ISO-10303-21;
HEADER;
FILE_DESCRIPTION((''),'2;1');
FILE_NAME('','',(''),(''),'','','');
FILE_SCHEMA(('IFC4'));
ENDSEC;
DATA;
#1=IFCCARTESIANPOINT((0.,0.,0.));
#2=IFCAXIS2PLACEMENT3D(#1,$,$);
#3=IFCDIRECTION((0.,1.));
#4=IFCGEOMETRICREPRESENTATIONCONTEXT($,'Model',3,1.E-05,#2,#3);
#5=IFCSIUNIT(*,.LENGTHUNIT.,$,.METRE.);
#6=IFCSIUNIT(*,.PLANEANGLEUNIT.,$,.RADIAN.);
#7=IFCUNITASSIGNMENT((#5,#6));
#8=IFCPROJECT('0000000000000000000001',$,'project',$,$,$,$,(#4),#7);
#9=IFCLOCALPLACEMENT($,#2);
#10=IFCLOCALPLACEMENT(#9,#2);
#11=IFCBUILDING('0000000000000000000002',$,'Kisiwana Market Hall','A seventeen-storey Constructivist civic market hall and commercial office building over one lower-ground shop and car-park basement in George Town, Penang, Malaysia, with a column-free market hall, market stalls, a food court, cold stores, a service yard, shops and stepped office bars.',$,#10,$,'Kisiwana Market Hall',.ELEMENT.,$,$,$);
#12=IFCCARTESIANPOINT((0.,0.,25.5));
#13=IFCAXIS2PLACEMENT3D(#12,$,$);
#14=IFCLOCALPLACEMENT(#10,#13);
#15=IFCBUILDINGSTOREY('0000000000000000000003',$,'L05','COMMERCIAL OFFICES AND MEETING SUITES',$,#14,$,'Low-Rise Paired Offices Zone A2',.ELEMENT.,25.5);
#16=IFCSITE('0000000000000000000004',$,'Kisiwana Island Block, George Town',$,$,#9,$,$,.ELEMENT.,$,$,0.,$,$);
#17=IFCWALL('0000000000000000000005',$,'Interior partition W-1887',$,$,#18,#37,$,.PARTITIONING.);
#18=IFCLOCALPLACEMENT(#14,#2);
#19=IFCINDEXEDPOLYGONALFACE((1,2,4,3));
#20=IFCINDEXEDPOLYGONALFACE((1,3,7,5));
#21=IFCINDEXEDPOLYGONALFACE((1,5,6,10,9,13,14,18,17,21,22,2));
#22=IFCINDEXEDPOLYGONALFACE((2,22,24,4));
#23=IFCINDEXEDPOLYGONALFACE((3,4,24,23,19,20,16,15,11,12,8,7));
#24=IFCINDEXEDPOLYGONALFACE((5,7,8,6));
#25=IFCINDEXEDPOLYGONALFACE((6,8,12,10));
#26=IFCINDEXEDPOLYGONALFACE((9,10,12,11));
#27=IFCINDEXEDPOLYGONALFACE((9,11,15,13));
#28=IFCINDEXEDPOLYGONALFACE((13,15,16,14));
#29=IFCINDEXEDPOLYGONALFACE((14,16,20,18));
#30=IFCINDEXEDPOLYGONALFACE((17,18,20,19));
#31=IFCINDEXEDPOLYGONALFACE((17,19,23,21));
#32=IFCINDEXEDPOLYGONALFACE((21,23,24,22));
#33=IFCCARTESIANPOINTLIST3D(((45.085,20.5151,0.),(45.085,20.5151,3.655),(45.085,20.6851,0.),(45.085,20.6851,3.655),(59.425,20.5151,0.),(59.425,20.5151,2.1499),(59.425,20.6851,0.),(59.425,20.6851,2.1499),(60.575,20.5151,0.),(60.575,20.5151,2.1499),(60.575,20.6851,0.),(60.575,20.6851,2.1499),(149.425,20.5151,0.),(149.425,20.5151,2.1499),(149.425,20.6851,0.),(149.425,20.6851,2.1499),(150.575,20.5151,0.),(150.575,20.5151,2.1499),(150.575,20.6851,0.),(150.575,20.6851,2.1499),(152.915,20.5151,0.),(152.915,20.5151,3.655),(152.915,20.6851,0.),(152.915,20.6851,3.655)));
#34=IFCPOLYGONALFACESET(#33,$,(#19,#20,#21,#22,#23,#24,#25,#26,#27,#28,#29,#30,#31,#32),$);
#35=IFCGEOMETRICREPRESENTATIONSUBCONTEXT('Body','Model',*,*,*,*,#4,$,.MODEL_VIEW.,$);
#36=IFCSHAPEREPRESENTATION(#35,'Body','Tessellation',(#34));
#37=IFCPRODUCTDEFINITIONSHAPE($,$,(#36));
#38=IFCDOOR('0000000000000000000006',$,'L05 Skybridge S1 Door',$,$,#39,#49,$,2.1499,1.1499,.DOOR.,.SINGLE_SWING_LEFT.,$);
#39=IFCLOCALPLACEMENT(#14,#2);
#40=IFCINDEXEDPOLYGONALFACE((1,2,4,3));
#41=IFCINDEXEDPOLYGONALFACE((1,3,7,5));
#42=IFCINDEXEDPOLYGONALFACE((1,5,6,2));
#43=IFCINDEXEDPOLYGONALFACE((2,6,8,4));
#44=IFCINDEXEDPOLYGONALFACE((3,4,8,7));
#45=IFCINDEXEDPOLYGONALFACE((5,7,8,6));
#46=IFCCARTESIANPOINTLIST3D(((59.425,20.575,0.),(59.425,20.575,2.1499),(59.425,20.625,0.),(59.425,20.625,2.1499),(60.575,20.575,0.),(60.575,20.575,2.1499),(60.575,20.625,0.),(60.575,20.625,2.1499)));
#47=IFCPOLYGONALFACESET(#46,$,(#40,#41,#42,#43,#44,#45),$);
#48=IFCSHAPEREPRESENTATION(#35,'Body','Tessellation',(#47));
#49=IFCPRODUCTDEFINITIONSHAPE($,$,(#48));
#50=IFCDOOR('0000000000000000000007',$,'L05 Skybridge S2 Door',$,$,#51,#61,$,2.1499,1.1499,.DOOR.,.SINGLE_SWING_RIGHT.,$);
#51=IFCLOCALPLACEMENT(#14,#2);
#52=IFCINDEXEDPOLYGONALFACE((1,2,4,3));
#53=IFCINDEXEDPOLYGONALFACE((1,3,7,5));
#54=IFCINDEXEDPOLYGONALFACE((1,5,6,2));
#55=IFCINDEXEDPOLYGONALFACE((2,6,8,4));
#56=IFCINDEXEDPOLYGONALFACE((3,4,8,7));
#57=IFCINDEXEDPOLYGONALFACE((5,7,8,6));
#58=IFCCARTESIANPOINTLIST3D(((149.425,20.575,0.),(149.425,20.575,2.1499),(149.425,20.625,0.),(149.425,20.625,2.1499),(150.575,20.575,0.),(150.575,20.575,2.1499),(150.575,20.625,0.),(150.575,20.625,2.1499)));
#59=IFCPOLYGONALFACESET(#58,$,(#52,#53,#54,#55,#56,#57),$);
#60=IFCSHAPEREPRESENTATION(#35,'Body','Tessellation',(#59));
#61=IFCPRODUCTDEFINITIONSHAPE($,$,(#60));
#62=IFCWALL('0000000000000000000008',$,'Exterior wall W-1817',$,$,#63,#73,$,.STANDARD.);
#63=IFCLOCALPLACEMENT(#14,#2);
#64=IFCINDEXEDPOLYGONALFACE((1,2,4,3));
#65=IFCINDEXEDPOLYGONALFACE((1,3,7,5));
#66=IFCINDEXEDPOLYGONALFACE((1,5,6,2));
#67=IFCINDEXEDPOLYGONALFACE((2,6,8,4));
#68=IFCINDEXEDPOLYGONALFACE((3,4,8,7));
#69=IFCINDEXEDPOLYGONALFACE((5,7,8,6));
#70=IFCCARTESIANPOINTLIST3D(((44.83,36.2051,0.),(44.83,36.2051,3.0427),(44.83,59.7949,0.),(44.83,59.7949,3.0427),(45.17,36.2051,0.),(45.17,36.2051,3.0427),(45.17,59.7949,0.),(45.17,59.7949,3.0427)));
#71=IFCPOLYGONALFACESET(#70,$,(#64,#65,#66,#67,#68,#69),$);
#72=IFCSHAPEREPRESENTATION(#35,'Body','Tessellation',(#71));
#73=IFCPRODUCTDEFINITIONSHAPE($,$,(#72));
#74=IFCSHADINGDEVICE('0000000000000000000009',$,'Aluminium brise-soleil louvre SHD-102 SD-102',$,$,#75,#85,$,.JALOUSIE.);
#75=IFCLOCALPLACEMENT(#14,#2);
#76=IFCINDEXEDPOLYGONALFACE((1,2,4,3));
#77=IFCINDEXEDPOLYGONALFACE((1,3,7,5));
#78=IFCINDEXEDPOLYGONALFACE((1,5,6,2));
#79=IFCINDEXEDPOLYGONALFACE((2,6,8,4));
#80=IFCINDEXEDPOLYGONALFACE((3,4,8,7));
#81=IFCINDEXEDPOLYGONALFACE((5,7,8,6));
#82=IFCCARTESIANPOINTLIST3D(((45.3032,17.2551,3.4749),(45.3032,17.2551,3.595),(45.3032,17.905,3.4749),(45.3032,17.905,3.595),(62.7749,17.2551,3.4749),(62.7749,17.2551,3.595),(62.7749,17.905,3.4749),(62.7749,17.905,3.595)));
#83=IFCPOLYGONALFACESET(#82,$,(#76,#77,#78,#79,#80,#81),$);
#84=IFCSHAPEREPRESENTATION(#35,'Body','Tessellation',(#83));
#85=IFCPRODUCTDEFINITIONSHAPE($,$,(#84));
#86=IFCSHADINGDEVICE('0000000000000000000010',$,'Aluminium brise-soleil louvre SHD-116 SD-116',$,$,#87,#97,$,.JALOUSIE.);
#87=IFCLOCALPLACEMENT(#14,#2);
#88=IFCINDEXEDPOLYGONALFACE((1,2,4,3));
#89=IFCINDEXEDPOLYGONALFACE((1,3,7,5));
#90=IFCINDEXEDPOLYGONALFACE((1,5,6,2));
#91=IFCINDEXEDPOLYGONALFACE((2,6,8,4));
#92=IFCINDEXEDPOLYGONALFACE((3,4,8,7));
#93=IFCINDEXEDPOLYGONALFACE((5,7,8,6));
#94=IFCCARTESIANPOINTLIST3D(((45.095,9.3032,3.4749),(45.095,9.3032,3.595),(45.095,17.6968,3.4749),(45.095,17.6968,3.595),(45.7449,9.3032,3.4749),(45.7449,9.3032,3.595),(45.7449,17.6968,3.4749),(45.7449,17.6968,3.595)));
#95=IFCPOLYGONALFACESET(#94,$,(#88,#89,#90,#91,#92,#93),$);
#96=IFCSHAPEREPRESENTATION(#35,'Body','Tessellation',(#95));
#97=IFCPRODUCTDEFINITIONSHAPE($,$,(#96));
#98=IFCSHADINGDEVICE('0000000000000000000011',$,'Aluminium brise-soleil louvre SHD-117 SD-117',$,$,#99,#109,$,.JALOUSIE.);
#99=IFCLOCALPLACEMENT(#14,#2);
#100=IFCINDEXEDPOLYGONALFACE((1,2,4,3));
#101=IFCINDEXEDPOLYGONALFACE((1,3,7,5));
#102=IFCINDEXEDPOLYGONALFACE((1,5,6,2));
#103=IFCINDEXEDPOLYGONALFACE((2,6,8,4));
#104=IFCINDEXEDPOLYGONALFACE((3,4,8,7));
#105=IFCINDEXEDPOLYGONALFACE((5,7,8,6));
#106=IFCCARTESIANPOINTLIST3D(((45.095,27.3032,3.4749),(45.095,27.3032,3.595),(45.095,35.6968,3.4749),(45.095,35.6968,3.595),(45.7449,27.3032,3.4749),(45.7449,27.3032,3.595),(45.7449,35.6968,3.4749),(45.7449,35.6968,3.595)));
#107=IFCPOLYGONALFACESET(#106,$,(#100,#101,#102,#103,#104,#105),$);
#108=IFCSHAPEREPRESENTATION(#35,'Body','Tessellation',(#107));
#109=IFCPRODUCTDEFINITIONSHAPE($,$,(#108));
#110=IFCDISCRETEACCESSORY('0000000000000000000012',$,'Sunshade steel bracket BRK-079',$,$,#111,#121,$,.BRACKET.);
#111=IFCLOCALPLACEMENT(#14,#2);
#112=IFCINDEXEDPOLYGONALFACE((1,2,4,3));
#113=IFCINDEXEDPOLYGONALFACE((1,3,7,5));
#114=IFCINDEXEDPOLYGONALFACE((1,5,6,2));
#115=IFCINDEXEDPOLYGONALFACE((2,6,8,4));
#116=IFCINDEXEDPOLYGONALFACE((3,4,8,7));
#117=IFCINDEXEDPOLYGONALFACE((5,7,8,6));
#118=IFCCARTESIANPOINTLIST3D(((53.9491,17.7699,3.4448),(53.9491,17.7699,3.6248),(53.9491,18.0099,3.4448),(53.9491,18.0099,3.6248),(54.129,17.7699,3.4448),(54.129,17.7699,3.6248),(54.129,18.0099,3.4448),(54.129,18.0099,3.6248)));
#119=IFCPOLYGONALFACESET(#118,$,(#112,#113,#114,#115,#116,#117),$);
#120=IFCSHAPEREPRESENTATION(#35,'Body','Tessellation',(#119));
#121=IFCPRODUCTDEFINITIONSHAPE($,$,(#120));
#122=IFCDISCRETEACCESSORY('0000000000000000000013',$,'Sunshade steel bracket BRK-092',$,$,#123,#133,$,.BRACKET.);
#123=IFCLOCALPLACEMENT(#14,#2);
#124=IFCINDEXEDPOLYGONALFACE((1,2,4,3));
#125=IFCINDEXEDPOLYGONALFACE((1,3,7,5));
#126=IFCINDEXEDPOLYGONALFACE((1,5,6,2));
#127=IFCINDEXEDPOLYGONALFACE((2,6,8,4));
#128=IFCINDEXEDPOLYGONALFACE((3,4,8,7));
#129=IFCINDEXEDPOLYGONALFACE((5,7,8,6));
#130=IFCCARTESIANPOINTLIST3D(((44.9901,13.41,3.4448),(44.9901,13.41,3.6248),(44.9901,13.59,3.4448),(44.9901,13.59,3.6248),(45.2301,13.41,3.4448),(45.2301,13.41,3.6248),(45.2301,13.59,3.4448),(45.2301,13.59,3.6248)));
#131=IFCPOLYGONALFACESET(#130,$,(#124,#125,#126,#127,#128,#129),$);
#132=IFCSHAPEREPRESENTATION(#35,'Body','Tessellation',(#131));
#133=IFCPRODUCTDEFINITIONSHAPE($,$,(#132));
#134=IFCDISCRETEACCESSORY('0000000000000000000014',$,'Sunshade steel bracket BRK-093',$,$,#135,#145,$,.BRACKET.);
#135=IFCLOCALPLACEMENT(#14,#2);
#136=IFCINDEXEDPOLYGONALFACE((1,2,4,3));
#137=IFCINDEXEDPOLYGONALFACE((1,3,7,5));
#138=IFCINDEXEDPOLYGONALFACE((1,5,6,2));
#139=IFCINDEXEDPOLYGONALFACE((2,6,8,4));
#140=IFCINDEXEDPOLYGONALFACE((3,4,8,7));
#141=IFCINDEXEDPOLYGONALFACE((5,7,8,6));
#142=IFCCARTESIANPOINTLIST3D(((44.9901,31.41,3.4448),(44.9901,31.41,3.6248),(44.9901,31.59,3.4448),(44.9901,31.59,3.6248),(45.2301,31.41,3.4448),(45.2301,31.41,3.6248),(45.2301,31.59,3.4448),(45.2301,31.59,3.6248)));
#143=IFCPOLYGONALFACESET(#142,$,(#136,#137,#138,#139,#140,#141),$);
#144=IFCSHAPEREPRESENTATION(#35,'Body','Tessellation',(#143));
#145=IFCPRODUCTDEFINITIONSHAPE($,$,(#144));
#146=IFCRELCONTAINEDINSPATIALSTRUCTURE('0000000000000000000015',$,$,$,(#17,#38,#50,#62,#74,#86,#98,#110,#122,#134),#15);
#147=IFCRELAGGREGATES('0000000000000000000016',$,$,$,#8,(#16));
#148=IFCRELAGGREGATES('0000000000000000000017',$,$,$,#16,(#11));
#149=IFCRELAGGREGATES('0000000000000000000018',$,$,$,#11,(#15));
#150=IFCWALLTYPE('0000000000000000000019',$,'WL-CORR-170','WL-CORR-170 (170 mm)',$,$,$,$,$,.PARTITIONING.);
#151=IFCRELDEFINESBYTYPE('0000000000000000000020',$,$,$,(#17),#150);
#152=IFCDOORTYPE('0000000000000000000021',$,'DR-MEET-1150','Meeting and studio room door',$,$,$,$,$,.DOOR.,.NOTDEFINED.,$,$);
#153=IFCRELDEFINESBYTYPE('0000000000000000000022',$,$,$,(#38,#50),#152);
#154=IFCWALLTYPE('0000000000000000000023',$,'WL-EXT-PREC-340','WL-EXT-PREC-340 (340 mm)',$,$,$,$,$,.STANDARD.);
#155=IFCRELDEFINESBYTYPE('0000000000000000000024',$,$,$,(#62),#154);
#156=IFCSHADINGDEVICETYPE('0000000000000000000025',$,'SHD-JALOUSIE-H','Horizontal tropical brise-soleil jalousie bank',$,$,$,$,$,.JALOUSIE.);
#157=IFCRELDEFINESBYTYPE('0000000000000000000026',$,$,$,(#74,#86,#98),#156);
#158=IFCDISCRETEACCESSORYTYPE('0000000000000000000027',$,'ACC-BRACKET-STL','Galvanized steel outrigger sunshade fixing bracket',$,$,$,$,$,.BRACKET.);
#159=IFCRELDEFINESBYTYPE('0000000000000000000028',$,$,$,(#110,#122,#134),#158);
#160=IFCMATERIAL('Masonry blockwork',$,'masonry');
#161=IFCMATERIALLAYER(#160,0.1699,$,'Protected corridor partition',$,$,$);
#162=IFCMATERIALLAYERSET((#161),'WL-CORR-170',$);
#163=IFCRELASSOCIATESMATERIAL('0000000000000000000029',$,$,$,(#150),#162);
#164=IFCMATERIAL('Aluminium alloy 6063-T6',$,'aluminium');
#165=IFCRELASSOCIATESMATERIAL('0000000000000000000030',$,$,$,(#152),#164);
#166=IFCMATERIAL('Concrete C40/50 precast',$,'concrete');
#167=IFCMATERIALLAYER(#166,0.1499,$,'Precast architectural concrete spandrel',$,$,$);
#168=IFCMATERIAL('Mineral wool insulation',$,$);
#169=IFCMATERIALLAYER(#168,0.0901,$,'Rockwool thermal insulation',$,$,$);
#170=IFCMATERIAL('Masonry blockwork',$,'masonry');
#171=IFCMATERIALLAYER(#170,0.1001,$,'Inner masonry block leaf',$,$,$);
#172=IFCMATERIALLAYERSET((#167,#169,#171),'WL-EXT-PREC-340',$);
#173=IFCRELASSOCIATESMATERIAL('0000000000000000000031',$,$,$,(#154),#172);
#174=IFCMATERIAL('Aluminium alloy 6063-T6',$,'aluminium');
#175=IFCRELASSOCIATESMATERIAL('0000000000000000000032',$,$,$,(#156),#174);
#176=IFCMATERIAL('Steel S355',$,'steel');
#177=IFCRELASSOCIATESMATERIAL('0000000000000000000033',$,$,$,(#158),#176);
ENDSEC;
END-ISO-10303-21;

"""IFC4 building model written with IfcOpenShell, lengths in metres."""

from ifc_helpers import new_model, si_unit, direction, frame, frame_2d, origin, origin_2d, place, context, subcontext, project, spatial, rectangle, extrude, material, layer, layer_set, type_object, element, fill, save


model = new_model("IFC4")

# Units and contexts
model_context = context("Model", 3, precision=1e-05, world=origin(), true_north=direction((0.0, 1.0)))
body_context = subcontext(model_context, "Body", "Model", "MODEL_VIEW")
ifc_project = project(units=[si_unit("LENGTHUNIT", "METRE"), si_unit("PLANEANGLEUNIT", "RADIAN")], contexts=[model_context])

# Site, building, storey
site_placement = place(None, origin())
site = spatial("IfcSite", under=ifc_project, at=site_placement, Name="Kisiwana Island Block, George Town", CompositionType="ELEMENT", RefElevation=0.0)
building_placement = place(site_placement, origin())
building = spatial("IfcBuilding", under=site, at=building_placement, Name="Kisiwana Market Hall", Description="A seventeen-storey Constructivist civic market hall and commercial office building over one lower-ground shop and car-park basement in George Town, Penang, Malaysia, with a column-free market hall, market stalls, a food court, cold stores, a service yard, shops and stepped office bars.", LongName="Kisiwana Market Hall", CompositionType="ELEMENT")
storey_placement = place(building_placement, frame((0.0, 0.0, 25.5)))
storey = spatial("IfcBuildingStorey", under=building, at=storey_placement, Name="L05", Description="COMMERCIAL OFFICES AND MEETING SUITES", LongName="Low-Rise Paired Offices Zone A2", CompositionType="ELEMENT", Elevation=25.5)

# Wall, openings, doors
ifc_material_1 = material(Name="Masonry blockwork", Category="masonry")
ifc_layer_1 = layer(ifc_material_1, 0.1699, Name="Protected corridor partition")
ifc_layer_set_1 = layer_set([ifc_layer_1], Name="WL-CORR-170")
wall_type_1 = type_object("IfcWallType", Name="WL-CORR-170", Description="WL-CORR-170 (170 mm)", PredefinedType="PARTITIONING", material=ifc_layer_set_1)
wall_1_placement = place(storey_placement, frame((45.085, 20.6001, 0.0), z_axis=(0.0, 0.0, 1.0), x_axis=(1.0, 0.0, 0.0)))
wall_1 = element("IfcWall", 1, at=wall_1_placement, inside=storey, type_object=wall_type_1, Name="Interior partition W-1887", PredefinedType="PARTITIONING", context=body_context, shape_type="SweptSolid", body=[
    extrude(rectangle(XDim=107.8301, YDim=0.1699, at=frame_2d((53.915, 0.0))), origin(), (0.0, 0.0, 1.0), 3.655),
])
opening_1_placement = place(wall_1_placement, frame((14.3401, 0.0, 0.0)))
opening_1 = element("IfcOpeningElement", 2, at=opening_1_placement, cuts=wall_1, PredefinedType="OPENING", context=body_context, shape_type="SweptSolid", body=[
    extrude(rectangle(XDim=1.1499, YDim=2.1499, at=frame_2d((0.575, 1.075))), frame((0.0, 0.0969, 0.0), z_axis=(0.0, -1.0, 0.0), x_axis=(1.0, 0.0, 0.0)), (0.0, 0.0, 1.0), 0.1938),
])
opening_2_placement = place(wall_1_placement, frame((104.3401, 0.0, 0.0)))
opening_2 = element("IfcOpeningElement", 3, at=opening_2_placement, cuts=wall_1, PredefinedType="OPENING", context=body_context, shape_type="SweptSolid", body=[
    extrude(rectangle(XDim=1.1499, YDim=2.1499, at=frame_2d((0.575, 1.075))), frame((0.0, 0.0969, 0.0), z_axis=(0.0, -1.0, 0.0), x_axis=(1.0, 0.0, 0.0)), (0.0, 0.0, 1.0), 0.1938),
])
ifc_material_2 = material(Name="Aluminium alloy 6063-T6", Category="aluminium")
door_type = type_object("IfcDoorType", Name="DR-MEET-1150", Description="Meeting and studio room door", OperationType="NOTDEFINED", PredefinedType="DOOR", material=ifc_material_2)
door_1_placement = place(opening_1_placement, origin())
door_1 = element("IfcDoor", 4, at=door_1_placement, inside=storey, type_object=door_type, Name="L05 Skybridge S1 Door", OperationType="SINGLE_SWING_LEFT", OverallHeight=2.1499, OverallWidth=1.1499, PredefinedType="DOOR", context=body_context, shape_type="SweptSolid", body=[
    extrude(rectangle(XDim=1.1499, YDim=2.1499, at=frame_2d((0.575, 1.075))), frame((0.0, 0.0249, 0.0), z_axis=(0.0, -1.0, 0.0), x_axis=(1.0, 0.0, 0.0)), (0.0, 0.0, 1.0), 0.05),
])
fill(opening_1, door_1)
door_2_placement = place(opening_2_placement, origin())
door_2 = element("IfcDoor", 5, at=door_2_placement, inside=storey, type_object=door_type, Name="L05 Skybridge S2 Door", OperationType="SINGLE_SWING_RIGHT", OverallHeight=2.1499, OverallWidth=1.1499, PredefinedType="DOOR", context=body_context, shape_type="SweptSolid", body=[
    extrude(rectangle(XDim=1.1499, YDim=2.1499, at=frame_2d((0.575, 1.075))), frame((0.0, 0.0249, 0.0), z_axis=(0.0, -1.0, 0.0), x_axis=(1.0, 0.0, 0.0)), (0.0, 0.0, 1.0), 0.05),
])
fill(opening_2, door_2)

# Wall
ifc_material_3 = material(Name="Concrete C40/50 precast", Category="concrete")
ifc_layer_2 = layer(ifc_material_3, 0.1499, Name="Precast architectural concrete spandrel")
ifc_material_4 = material(Name="Mineral wool insulation")
ifc_layer_3 = layer(ifc_material_4, 0.0901, Name="Rockwool thermal insulation")
ifc_material_5 = material(Name="Masonry blockwork", Category="masonry")
ifc_layer_4 = layer(ifc_material_5, 0.1001, Name="Inner masonry block leaf")
ifc_layer_set_2 = layer_set([ifc_layer_2, ifc_layer_3, ifc_layer_4], Name="WL-EXT-PREC-340")
wall_type_2 = type_object("IfcWallType", Name="WL-EXT-PREC-340", Description="WL-EXT-PREC-340 (340 mm)", PredefinedType="STANDARD", material=ifc_layer_set_2)
wall_2_placement = place(storey_placement, frame((45.0, 36.2051, 0.0), z_axis=(0.0, 0.0, 1.0), x_axis=(0.0, 1.0, 0.0)))
element("IfcWall", 6, at=wall_2_placement, inside=storey, type_object=wall_type_2, Name="Exterior wall W-1817", PredefinedType="STANDARD", context=body_context, shape_type="SweptSolid", body=[
    extrude(rectangle(XDim=23.5898, YDim=0.3401, at=frame_2d((11.7949, 0.0))), origin(), (0.0, 0.0, 1.0), 3.0427),
])

# Shading devices
ifc_material_6 = material(Name="Aluminium alloy 6063-T6", Category="aluminium")
shading_device_type = type_object("IfcShadingDeviceType", Name="SHD-JALOUSIE-H", Description="Horizontal tropical brise-soleil jalousie bank", PredefinedType="JALOUSIE", material=ifc_material_6)
shading_device_placement = place(storey_placement, frame((54.0391, 17.5801, 3.4749), z_axis=(0.0, 0.0, 1.0), x_axis=(1.0, 0.0, 0.0)))
element("IfcShadingDevice", 7, at=shading_device_placement, inside=storey, type_object=shading_device_type, Name="Aluminium brise-soleil louvre SHD-102 SD-102", PredefinedType="JALOUSIE", context=body_context, shape_type="SweptSolid", body=[
    extrude(rectangle(XDim=17.4717, YDim=0.6499, at=origin_2d()), origin(), (0.0, 0.0, 1.0), 0.1201),
])
for number, where, z_axis, x_axis, name in (
    (8, (45.4199, 13.5, 3.4749), (0.0, 0.0, 1.0), (0.0, 1.0, 0.0), "Aluminium brise-soleil louvre SHD-116 SD-116"),
    (9, (45.4199, 31.5, 3.4749), (0.0, 0.0, 1.0), (0.0, 1.0, 0.0), "Aluminium brise-soleil louvre SHD-117 SD-117"),
):
    element("IfcShadingDevice", number, at=place(storey_placement, frame(where, z_axis=z_axis, x_axis=x_axis)), inside=storey, type_object=shading_device_type, Name=name, PredefinedType="JALOUSIE", context=body_context, shape_type="SweptSolid", body=[
        extrude(rectangle(XDim=8.3936, YDim=0.6499, at=origin_2d()), origin(), (0.0, 0.0, 1.0), 0.1201),
    ])

# Discrete accessories
ifc_material_7 = material(Name="Steel S355", Category="steel")
discrete_accessory_type = type_object("IfcDiscreteAccessoryType", Name="ACC-BRACKET-STL", Description="Galvanized steel outrigger sunshade fixing bracket", PredefinedType="BRACKET", material=ifc_material_7)
for number, where, z_axis, x_axis, name in (
    (10, (54.0391, 17.8899, 3.4448), (0.0, 0.0, 1.0), (1.0, 0.0, 0.0), "Sunshade steel bracket BRK-079"),
    (11, (45.1101, 13.5, 3.4448), (0.0, 0.0, 1.0), (0.0, 1.0, 0.0), "Sunshade steel bracket BRK-092"),
    (12, (45.1101, 31.5, 3.4448), (0.0, 0.0, 1.0), (0.0, 1.0, 0.0), "Sunshade steel bracket BRK-093"),
):
    element("IfcDiscreteAccessory", number, at=place(storey_placement, frame(where, z_axis=z_axis, x_axis=x_axis)), inside=storey, type_object=discrete_accessory_type, Name=name, PredefinedType="BRACKET", context=body_context, shape_type="SweptSolid", body=[
        extrude(rectangle(XDim=0.1799, YDim=0.24, at=origin_2d()), origin(), (0.0, 0.0, 1.0), 0.1799),
    ])

save(model, "model.ifc")
